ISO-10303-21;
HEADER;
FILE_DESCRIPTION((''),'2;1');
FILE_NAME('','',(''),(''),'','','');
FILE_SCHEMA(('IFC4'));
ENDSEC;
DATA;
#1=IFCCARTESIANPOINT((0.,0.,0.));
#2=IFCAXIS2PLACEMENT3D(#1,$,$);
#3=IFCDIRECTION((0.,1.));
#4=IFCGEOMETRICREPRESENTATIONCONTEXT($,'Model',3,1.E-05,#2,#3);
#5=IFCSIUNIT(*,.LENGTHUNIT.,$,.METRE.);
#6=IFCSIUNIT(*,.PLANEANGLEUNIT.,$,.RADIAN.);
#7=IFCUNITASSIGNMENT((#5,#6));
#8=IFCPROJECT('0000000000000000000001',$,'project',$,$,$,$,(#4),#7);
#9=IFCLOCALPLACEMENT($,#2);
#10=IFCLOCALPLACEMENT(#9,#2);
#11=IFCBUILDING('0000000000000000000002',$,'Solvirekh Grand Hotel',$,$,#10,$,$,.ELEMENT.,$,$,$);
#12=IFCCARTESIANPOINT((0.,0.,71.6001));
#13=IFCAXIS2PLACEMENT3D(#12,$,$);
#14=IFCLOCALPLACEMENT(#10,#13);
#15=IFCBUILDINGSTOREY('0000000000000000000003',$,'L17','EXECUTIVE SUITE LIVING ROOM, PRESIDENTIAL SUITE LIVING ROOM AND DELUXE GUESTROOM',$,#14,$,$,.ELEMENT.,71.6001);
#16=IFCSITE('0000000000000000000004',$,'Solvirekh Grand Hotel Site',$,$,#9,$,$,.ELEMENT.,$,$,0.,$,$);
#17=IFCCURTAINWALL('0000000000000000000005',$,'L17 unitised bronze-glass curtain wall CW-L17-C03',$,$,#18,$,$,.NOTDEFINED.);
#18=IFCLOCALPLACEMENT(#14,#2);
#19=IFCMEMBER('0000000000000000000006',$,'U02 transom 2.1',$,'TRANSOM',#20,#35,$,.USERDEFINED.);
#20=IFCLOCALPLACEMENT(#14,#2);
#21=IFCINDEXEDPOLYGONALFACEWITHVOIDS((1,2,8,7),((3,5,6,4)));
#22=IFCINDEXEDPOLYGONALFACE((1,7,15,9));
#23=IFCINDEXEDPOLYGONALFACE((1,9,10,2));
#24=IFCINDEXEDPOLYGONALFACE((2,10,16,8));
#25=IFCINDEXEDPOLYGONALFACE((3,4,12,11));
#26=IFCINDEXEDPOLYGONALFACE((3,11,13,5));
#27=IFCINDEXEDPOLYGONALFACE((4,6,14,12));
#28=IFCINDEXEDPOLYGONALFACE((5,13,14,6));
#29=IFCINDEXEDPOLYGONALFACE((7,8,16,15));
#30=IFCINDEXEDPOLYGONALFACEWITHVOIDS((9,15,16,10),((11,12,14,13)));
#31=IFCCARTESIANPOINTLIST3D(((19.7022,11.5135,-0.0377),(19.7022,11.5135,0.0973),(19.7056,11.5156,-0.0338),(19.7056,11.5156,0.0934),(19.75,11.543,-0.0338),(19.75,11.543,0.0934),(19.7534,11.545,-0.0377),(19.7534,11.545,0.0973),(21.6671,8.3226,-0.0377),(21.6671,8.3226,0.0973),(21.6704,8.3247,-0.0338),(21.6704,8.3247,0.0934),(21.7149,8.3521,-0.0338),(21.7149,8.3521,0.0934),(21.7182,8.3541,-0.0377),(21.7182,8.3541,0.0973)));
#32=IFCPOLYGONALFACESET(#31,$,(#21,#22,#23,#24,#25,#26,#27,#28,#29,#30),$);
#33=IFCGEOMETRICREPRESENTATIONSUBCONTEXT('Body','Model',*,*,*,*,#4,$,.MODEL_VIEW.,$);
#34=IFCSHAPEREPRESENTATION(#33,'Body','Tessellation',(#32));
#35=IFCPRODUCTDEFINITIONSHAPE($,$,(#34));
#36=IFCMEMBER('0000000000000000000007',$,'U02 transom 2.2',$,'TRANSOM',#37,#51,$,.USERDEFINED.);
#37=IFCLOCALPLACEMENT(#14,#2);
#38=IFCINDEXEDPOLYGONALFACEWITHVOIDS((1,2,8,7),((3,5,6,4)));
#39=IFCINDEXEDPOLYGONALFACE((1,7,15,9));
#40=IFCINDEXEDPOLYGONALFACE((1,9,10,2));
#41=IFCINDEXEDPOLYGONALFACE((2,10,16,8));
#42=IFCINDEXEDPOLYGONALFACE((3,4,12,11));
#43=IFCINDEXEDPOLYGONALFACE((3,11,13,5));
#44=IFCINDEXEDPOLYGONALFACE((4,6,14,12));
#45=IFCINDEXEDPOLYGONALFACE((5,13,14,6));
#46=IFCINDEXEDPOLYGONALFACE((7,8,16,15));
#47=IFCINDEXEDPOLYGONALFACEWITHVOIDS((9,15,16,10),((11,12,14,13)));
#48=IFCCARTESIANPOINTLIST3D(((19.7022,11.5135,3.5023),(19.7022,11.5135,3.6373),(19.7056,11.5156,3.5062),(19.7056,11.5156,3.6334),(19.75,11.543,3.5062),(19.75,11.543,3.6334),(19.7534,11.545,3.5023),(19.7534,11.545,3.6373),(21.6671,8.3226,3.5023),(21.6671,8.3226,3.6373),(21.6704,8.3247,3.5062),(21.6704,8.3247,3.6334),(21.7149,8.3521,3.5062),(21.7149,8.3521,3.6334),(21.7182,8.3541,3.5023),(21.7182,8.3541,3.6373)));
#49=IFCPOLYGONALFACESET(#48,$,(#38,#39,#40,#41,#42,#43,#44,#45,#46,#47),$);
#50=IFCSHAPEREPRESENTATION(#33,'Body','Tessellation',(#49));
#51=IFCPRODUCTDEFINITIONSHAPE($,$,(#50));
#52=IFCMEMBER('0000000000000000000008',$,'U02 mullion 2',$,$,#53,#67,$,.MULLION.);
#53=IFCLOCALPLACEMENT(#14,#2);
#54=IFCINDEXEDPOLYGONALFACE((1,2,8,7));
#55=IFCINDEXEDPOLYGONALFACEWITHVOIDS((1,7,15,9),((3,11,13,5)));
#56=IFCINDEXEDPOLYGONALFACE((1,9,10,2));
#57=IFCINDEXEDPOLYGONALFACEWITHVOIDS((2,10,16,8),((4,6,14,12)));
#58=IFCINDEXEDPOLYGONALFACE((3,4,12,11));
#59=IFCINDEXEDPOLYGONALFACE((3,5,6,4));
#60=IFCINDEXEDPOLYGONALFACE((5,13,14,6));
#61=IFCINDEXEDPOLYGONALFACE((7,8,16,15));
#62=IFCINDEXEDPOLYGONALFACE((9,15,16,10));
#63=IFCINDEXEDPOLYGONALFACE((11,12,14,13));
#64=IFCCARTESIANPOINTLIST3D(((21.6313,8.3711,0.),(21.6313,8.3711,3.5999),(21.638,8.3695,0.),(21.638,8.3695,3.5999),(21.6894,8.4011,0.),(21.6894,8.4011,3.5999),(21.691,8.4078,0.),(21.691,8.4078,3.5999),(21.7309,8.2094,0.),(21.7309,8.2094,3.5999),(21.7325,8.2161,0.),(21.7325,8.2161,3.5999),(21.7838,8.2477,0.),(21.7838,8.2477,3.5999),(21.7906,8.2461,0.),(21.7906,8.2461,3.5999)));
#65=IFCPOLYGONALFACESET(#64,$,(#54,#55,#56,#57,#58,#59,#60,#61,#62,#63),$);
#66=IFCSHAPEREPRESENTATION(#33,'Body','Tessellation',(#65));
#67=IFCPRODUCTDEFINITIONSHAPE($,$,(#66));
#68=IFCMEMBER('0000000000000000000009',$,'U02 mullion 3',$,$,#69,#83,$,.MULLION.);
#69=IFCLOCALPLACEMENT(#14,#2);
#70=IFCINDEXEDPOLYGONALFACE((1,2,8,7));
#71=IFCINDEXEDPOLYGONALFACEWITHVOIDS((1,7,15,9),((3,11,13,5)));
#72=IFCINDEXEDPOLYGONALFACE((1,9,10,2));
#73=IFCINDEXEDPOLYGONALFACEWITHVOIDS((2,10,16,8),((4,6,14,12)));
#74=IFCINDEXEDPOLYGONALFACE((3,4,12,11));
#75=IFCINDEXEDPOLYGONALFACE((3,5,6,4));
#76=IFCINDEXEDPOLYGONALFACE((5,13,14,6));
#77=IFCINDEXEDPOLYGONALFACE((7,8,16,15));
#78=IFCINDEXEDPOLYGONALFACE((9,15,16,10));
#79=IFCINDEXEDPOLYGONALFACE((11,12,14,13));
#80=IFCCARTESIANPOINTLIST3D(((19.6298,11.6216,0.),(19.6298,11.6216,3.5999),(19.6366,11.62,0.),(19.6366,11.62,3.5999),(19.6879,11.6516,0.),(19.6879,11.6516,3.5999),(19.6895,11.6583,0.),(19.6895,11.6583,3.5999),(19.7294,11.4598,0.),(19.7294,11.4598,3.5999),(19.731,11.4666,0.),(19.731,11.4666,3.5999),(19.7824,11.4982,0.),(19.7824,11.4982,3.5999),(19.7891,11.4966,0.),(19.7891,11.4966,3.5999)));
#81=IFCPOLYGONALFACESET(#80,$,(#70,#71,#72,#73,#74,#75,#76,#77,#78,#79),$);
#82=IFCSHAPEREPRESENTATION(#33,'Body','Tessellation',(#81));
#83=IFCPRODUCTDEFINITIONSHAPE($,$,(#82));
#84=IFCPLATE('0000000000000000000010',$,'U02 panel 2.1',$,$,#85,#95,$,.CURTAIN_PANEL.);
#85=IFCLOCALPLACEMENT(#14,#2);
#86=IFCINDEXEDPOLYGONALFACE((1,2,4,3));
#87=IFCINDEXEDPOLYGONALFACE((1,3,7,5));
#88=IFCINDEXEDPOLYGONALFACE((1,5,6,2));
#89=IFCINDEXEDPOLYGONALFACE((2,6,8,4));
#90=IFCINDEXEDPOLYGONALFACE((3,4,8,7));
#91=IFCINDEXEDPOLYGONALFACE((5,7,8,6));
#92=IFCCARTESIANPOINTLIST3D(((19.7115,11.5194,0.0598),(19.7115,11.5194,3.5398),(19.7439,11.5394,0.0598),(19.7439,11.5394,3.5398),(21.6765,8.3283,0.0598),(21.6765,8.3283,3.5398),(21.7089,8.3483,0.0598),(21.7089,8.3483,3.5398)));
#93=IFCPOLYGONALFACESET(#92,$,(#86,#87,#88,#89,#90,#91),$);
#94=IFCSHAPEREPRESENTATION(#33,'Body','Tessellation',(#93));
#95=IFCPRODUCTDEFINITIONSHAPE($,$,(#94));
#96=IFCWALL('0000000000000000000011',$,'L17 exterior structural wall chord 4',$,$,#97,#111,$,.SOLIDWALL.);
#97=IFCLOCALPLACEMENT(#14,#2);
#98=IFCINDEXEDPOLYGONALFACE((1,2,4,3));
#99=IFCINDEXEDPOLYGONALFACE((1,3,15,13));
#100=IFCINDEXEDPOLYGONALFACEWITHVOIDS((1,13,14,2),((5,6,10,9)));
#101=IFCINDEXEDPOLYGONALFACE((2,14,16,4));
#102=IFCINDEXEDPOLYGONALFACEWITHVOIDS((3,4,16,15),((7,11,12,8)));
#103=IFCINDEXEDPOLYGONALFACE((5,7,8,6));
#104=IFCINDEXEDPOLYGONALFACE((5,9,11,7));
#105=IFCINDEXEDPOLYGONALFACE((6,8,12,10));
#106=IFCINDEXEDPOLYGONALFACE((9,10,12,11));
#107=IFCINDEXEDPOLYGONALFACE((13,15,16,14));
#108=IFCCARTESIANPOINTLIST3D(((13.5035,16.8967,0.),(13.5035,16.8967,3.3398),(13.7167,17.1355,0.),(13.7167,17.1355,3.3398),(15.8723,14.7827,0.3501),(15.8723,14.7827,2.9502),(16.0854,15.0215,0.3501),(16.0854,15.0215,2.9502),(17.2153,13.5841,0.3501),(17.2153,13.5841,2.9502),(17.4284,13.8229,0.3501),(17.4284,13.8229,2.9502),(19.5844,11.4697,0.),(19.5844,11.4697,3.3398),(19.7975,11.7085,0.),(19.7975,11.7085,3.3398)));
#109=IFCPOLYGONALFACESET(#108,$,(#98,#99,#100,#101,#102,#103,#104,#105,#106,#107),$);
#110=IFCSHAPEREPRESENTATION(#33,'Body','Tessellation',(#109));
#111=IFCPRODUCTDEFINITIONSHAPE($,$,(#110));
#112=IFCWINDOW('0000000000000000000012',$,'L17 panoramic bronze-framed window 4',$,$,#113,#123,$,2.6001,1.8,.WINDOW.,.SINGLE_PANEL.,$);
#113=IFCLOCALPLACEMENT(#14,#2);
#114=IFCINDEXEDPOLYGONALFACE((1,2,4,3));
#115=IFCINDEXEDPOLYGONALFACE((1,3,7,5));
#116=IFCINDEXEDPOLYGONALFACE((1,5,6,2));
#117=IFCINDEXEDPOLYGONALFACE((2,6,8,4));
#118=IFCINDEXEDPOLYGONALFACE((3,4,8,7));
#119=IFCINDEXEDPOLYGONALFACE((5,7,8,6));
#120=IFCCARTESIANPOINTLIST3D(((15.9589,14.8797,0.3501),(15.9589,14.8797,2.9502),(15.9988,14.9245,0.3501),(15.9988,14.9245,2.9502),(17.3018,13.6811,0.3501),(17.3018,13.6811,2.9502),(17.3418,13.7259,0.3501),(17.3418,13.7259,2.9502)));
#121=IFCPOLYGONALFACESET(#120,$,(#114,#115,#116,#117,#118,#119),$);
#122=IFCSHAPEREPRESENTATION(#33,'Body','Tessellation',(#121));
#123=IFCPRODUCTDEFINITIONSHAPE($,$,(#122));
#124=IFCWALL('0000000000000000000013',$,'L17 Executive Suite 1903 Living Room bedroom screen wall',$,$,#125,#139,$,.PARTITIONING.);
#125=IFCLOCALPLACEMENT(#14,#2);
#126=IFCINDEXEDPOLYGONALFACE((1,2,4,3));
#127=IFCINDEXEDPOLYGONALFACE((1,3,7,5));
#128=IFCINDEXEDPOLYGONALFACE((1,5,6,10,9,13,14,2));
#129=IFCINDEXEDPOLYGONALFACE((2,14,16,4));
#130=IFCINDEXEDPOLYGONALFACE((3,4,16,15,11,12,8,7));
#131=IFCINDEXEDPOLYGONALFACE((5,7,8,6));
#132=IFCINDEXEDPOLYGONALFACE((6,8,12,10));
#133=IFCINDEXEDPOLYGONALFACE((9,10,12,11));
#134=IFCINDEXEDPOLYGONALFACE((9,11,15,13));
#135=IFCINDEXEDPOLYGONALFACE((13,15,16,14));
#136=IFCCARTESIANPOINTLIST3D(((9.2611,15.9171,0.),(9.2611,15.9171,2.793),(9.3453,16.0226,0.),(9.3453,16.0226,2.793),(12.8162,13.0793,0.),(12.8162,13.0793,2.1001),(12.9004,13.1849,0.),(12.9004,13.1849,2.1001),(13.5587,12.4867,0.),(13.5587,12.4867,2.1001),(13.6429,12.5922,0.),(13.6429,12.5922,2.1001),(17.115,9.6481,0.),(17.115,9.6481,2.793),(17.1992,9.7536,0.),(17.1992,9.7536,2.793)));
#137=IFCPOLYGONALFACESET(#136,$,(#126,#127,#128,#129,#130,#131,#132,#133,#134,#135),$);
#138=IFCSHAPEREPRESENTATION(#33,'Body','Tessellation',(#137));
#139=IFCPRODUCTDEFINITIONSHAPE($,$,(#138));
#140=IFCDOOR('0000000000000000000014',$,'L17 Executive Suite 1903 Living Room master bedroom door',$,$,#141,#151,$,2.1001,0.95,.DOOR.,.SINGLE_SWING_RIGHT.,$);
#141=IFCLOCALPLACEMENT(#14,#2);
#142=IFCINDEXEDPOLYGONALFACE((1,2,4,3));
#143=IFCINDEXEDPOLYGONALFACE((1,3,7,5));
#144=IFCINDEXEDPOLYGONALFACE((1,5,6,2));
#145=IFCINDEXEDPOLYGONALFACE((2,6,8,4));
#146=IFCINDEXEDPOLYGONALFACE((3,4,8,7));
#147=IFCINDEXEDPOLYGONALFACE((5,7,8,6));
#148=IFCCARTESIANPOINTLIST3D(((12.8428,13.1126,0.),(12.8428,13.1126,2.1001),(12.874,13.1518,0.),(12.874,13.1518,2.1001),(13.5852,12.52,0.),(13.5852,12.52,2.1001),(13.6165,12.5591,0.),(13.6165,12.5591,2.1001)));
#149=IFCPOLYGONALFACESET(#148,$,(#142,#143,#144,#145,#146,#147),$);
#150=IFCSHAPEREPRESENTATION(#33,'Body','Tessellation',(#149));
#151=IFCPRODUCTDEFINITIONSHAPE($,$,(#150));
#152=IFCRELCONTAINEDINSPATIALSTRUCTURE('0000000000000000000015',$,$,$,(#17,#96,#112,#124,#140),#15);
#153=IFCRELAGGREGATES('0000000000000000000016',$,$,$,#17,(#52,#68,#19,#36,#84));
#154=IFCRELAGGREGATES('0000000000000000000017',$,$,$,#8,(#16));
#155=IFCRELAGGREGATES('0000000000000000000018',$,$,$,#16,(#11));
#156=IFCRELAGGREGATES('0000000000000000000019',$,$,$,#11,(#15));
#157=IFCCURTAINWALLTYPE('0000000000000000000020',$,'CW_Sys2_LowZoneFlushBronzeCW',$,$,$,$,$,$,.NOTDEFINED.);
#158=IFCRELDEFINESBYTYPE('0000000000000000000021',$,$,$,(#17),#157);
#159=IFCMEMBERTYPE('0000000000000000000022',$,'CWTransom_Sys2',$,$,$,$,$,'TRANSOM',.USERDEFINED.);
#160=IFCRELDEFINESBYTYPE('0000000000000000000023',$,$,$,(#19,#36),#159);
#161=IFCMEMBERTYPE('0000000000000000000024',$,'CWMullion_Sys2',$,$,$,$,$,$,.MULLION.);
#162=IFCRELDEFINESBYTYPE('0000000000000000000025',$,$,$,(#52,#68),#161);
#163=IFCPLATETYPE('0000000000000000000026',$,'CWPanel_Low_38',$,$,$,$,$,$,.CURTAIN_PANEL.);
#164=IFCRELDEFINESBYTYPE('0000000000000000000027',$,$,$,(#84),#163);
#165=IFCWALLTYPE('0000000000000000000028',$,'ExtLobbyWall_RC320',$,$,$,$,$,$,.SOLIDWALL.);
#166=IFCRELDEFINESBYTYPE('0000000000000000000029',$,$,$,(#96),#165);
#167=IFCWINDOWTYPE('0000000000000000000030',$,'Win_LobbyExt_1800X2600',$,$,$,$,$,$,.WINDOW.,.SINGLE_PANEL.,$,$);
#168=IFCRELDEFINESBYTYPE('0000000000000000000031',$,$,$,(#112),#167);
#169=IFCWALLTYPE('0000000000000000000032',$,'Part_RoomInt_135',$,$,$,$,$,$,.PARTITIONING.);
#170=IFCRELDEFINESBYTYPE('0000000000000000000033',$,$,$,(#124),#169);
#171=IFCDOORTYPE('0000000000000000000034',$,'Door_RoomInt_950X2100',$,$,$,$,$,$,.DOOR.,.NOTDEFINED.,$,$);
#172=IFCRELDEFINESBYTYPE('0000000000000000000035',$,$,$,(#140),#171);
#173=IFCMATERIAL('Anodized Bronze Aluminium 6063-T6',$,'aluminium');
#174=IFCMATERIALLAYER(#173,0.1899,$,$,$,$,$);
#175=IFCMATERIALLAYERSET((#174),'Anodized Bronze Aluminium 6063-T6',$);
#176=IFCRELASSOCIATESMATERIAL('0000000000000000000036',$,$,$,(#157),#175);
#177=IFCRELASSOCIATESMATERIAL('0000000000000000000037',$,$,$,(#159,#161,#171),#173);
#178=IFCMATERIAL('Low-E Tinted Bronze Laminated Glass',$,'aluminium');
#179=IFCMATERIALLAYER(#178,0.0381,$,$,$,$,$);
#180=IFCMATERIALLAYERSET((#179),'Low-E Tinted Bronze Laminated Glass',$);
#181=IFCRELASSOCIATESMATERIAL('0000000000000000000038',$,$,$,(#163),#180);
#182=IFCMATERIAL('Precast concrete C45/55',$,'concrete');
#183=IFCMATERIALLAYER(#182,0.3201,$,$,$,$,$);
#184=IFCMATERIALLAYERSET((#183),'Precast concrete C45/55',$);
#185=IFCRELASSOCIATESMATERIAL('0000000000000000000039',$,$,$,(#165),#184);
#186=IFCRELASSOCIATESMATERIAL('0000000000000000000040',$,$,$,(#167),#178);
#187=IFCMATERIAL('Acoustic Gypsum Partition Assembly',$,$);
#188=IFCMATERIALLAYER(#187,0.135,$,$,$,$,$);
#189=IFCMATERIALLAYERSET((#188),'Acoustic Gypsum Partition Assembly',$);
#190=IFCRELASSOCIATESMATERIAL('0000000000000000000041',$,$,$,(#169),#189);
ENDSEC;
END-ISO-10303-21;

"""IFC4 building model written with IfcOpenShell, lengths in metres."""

from ifc_helpers import new_model, si_unit, direction, frame, frame_2d, origin, origin_2d, place, context, subcontext, project, spatial, rectangle, hollow_rectangle, extrude, source, transform, mapped, material, layer, layer_set, material_profile, profile_set, type_object, element, fill, aggregate, save


model = new_model("IFC4")

# Units and contexts
model_context = context("Model", 3, precision=1e-05, world=origin(), true_north=direction((0.0, 1.0)))
body_context = subcontext(model_context, "Body", "Model", "MODEL_VIEW")
ifc_project = project(units=[si_unit("LENGTHUNIT", "METRE"), si_unit("PLANEANGLEUNIT", "RADIAN")], contexts=[model_context])

# Site, building, storey
site_placement = place(None, origin())
site = spatial("IfcSite", under=ifc_project, at=site_placement, Name="Solvirekh Grand Hotel Site", CompositionType="ELEMENT", RefElevation=0.0)
building_placement = place(site_placement, origin())
building = spatial("IfcBuilding", under=site, at=building_placement, Name="Solvirekh Grand Hotel", CompositionType="ELEMENT")
storey_placement = place(building_placement, frame((0.0, 0.0, 71.6001)))
storey = spatial("IfcBuildingStorey", under=building, at=storey_placement, Name="L17", Description="EXECUTIVE SUITE LIVING ROOM, PRESIDENTIAL SUITE LIVING ROOM AND DELUXE GUESTROOM", CompositionType="ELEMENT", Elevation=71.6001)

# Curtain wall, members, plate
ifc_material_1 = material(Name="Anodized Bronze Aluminium 6063-T6", Category="aluminium")
ifc_layer_1 = layer(ifc_material_1, 0.1899)
ifc_layer_set_1 = layer_set([ifc_layer_1], Name="Anodized Bronze Aluminium 6063-T6")
curtain_wall_type = type_object("IfcCurtainWallType", Name="CW_Sys2_LowZoneFlushBronzeCW", PredefinedType="NOTDEFINED", material=ifc_layer_set_1)
curtain_wall_placement = place(storey_placement, origin())
curtain_wall = element("IfcCurtainWall", 1, at=curtain_wall_placement, inside=storey, type_object=curtain_wall_type, Name="L17 unitised bronze-glass curtain wall CW-L17-C03", PredefinedType="NOTDEFINED")
ifc_material_profile_1 = material_profile(ifc_material_1, hollow_rectangle(XDim=0.0601, YDim=0.135, WallThickness=0.0039, at=origin_2d()), Name="ALU RHS 135X60X4")
ifc_profile_set_1 = profile_set([ifc_material_profile_1], Name="Anodized Bronze Aluminium 6063-T6")
member_type_1 = type_object("IfcMemberType", Name="CWTransom_Sys2", ElementType="TRANSOM", PredefinedType="USERDEFINED", material=ifc_profile_set_1)
shared_shape_1 = source(origin(), body_context, "Body", "SweptSolid", [
    extrude(hollow_rectangle(XDim=0.0601, YDim=0.135, WallThickness=0.0039, at=origin_2d()), origin(), (0.0, 0.0, 1.0), 3.7473),
])
member_1_placement = place(storey_placement, frame((21.6926, 8.3384, 0.0298), z_axis=(-0.52433, 0.851515, 0.0), x_axis=(-0.851515, -0.52433, 0.0)))
member_1 = element("IfcMember", 2, at=member_1_placement, type_object=member_type_1, Name="U02 transom 2.1", ObjectType="TRANSOM", PredefinedType="USERDEFINED", context=body_context, shape_type="MappedRepresentation", body=[
    mapped(shared_shape_1, transform((0.0, 0.0, 0.0), x_axis=(1.0, 0.0, 0.0), y_axis=(0.0, 1.0, 0.0), z_axis=(0.0, 0.0, 1.0), scale=1.0)),
])
member_2_placement = place(storey_placement, frame((21.6926, 8.3384, 3.5698), z_axis=(-0.52433, 0.851515, 0.0), x_axis=(-0.851515, -0.52433, 0.0)))
member_2 = element("IfcMember", 3, at=member_2_placement, type_object=member_type_1, Name="U02 transom 2.2", ObjectType="TRANSOM", PredefinedType="USERDEFINED", context=body_context, shape_type="MappedRepresentation", body=[
    mapped(shared_shape_1, transform((0.0, 0.0, 0.0), x_axis=(1.0, 0.0, 0.0), y_axis=(0.0, 1.0, 0.0), z_axis=(0.0, 0.0, 1.0), scale=1.0)),
])
ifc_material_profile_2 = material_profile(ifc_material_1, hollow_rectangle(XDim=0.0701, YDim=0.1899, WallThickness=0.0049, at=origin_2d()), Name="ALU RHS 190X70X5")
ifc_profile_set_2 = profile_set([ifc_material_profile_2], Name="Anodized Bronze Aluminium 6063-T6")
member_type_2 = type_object("IfcMemberType", Name="CWMullion_Sys2", PredefinedType="MULLION", material=ifc_profile_set_2)
shared_shape_2 = source(origin(), body_context, "Body", "SweptSolid", [
    extrude(hollow_rectangle(XDim=0.0701, YDim=0.1899, WallThickness=0.0049, at=origin_2d()), origin(), (0.0, 0.0, 1.0), 3.5999),
])
member_3_placement = place(storey_placement, frame((21.7109, 8.3086, 0.0), z_axis=(0.0, 0.0, 1.0), x_axis=(-0.851516, -0.524329, 0.0)))
member_3 = element("IfcMember", 4, at=member_3_placement, type_object=member_type_2, Name="U02 mullion 2", PredefinedType="MULLION", context=body_context, shape_type="MappedRepresentation", body=[
    mapped(shared_shape_2, transform((0.0, 0.0, 0.0), x_axis=(1.0, 0.0, 0.0), y_axis=(0.0, 1.0, 0.0), z_axis=(0.0, 0.0, 1.0), scale=1.0)),
])
member_4_placement = place(storey_placement, frame((19.7095, 11.5591, 0.0), z_axis=(0.0, 0.0, 1.0), x_axis=(-0.851516, -0.524329, 0.0)))
member_4 = element("IfcMember", 5, at=member_4_placement, type_object=member_type_2, Name="U02 mullion 3", PredefinedType="MULLION", context=body_context, shape_type="MappedRepresentation", body=[
    mapped(shared_shape_2, transform((0.0, 0.0, 0.0), x_axis=(1.0, 0.0, 0.0), y_axis=(0.0, 1.0, 0.0), z_axis=(0.0, 0.0, 1.0), scale=1.0)),
])
ifc_material_2 = material(Name="Low-E Tinted Bronze Laminated Glass", Category="aluminium")
ifc_layer_2 = layer(ifc_material_2, 0.0381)
ifc_layer_set_2 = layer_set([ifc_layer_2], Name="Low-E Tinted Bronze Laminated Glass")
plate_type = type_object("IfcPlateType", Name="CWPanel_Low_38", PredefinedType="CURTAIN_PANEL", material=ifc_layer_set_2)
shared_shape_3 = source(origin(), body_context, "Body", "SweptSolid", [
    extrude(rectangle(XDim=3.7476, YDim=0.0381, at=origin_2d()), origin(), (0.0, 0.0, 1.0), 3.48),
])
plate_placement = place(storey_placement, frame((20.7102, 9.9338, 0.0598), z_axis=(0.0, 0.0, 1.0), x_axis=(-0.524329, 0.851516, 0.0)))
plate = element("IfcPlate", 6, at=plate_placement, type_object=plate_type, Name="U02 panel 2.1", PredefinedType="CURTAIN_PANEL", context=body_context, shape_type="MappedRepresentation", body=[
    mapped(shared_shape_3, transform((0.0, 0.0, 0.0), x_axis=(1.0, 0.0, 0.0), y_axis=(0.0, 1.0, 0.0), z_axis=(0.0, 0.0, 1.0), scale=1.0)),
])
aggregate(curtain_wall, [member_3, member_4, member_1, member_2, plate])

# Wall, opening, window
ifc_material_3 = material(Name="Precast concrete C45/55", Category="concrete")
ifc_layer_3 = layer(ifc_material_3, 0.3201)
ifc_layer_set_3 = layer_set([ifc_layer_3], Name="Precast concrete C45/55")
wall_type_1 = type_object("IfcWallType", Name="ExtLobbyWall_RC320", PredefinedType="SOLIDWALL", material=ifc_layer_set_3)
wall_1_placement = place(storey_placement, frame((13.6101, 17.0161, 0.0), z_axis=(0.0, 0.0, 1.0), x_axis=(0.746077, -0.665859, 0.0)))
wall_1 = element("IfcWall", 7, at=wall_1_placement, inside=storey, type_object=wall_type_1, Name="L17 exterior structural wall chord 4", PredefinedType="SOLIDWALL", context=body_context, shape_type="SweptSolid", body=[
    extrude(rectangle(XDim=8.1504, YDim=0.3201, at=frame_2d((4.0752, 0.0))), origin(), (0.0, 0.0, 1.0), 3.3398),
])
opening_1_placement = place(wall_1_placement, frame((3.175, 0.0, 0.3501)))
opening_1 = element("IfcOpeningElement", 8, at=opening_1_placement, cuts=wall_1, PredefinedType="OPENING", context=body_context, shape_type="SweptSolid", body=[
    extrude(rectangle(XDim=1.8, YDim=2.6001, at=frame_2d((0.8999, 1.3))), frame((0.0, 0.1699, 0.0), z_axis=(0.0, -1.0, 0.0), x_axis=(1.0, 0.0, 0.0)), (0.0, 0.0, 1.0), 0.3401),
])
window_type = type_object("IfcWindowType", Name="Win_LobbyExt_1800X2600", PartitioningType="SINGLE_PANEL", PredefinedType="WINDOW", material=ifc_material_2)
window_placement = place(opening_1_placement, origin())
window = element("IfcWindow", 9, at=window_placement, inside=storey, type_object=window_type, Name="L17 panoramic bronze-framed window 4", OverallHeight=2.6001, OverallWidth=1.8, PartitioningType="SINGLE_PANEL", PredefinedType="WINDOW", context=body_context, shape_type="SweptSolid", body=[
    extrude(rectangle(XDim=1.8, YDim=2.6001, at=frame_2d((0.8999, 1.3))), frame((0.0, 0.03, 0.0), z_axis=(0.0, -1.0, 0.0), x_axis=(1.0, 0.0, 0.0)), (0.0, 0.0, 1.0), 0.0601),
])
fill(opening_1, window)

# Wall, opening, door
ifc_material_4 = material(Name="Acoustic Gypsum Partition Assembly")
ifc_layer_4 = layer(ifc_material_4, 0.135)
ifc_layer_set_4 = layer_set([ifc_layer_4], Name="Acoustic Gypsum Partition Assembly")
wall_type_2 = type_object("IfcWallType", Name="Part_RoomInt_135", PredefinedType="PARTITIONING", material=ifc_layer_set_4)
wall_2_placement = place(storey_placement, frame((17.157, 9.7009, 0.0), z_axis=(0.0, 0.0, 1.0), x_axis=(-0.781556, 0.623835, 0.0)))
wall_2 = element("IfcWall", 10, at=wall_2_placement, inside=storey, type_object=wall_type_2, Name="L17 Executive Suite 1903 Living Room bedroom screen wall", PredefinedType="PARTITIONING", context=body_context, shape_type="SweptSolid", body=[
    extrude(rectangle(XDim=10.0491, YDim=0.135, at=frame_2d((5.0244, 0.0))), origin(), (0.0, 0.0, 1.0), 2.793),
])
opening_2_placement = place(wall_2_placement, frame((4.55, 0.0, 0.0)))
opening_2 = element("IfcOpeningElement", 11, at=opening_2_placement, cuts=wall_2, PredefinedType="OPENING", context=body_context, shape_type="SweptSolid", body=[
    extrude(rectangle(XDim=0.95, YDim=2.1001, at=frame_2d((0.4751, 1.05))), frame((0.0, 0.0776, 0.0), z_axis=(0.0, -1.0, 0.0), x_axis=(1.0, 0.0, 0.0)), (0.0, 0.0, 1.0), 0.155),
])
door_type = type_object("IfcDoorType", Name="Door_RoomInt_950X2100", OperationType="NOTDEFINED", PredefinedType="DOOR", material=ifc_material_1)
door_1_placement = place(opening_2_placement, origin())
door_1 = element("IfcDoor", 12, at=door_1_placement, inside=storey, type_object=door_type, Name="L17 Executive Suite 1903 Living Room master bedroom door", OperationType="SINGLE_SWING_RIGHT", OverallHeight=2.1001, OverallWidth=0.95, PredefinedType="DOOR", context=body_context, shape_type="SweptSolid", body=[
    extrude(rectangle(XDim=0.95, YDim=2.1001, at=frame_2d((0.4751, 1.05))), frame((0.0, 0.0249, 0.0), z_axis=(0.0, -1.0, 0.0), x_axis=(1.0, 0.0, 0.0)), (0.0, 0.0, 1.0), 0.05),
])
fill(opening_2, door_1)

save(model, "model.ifc")
